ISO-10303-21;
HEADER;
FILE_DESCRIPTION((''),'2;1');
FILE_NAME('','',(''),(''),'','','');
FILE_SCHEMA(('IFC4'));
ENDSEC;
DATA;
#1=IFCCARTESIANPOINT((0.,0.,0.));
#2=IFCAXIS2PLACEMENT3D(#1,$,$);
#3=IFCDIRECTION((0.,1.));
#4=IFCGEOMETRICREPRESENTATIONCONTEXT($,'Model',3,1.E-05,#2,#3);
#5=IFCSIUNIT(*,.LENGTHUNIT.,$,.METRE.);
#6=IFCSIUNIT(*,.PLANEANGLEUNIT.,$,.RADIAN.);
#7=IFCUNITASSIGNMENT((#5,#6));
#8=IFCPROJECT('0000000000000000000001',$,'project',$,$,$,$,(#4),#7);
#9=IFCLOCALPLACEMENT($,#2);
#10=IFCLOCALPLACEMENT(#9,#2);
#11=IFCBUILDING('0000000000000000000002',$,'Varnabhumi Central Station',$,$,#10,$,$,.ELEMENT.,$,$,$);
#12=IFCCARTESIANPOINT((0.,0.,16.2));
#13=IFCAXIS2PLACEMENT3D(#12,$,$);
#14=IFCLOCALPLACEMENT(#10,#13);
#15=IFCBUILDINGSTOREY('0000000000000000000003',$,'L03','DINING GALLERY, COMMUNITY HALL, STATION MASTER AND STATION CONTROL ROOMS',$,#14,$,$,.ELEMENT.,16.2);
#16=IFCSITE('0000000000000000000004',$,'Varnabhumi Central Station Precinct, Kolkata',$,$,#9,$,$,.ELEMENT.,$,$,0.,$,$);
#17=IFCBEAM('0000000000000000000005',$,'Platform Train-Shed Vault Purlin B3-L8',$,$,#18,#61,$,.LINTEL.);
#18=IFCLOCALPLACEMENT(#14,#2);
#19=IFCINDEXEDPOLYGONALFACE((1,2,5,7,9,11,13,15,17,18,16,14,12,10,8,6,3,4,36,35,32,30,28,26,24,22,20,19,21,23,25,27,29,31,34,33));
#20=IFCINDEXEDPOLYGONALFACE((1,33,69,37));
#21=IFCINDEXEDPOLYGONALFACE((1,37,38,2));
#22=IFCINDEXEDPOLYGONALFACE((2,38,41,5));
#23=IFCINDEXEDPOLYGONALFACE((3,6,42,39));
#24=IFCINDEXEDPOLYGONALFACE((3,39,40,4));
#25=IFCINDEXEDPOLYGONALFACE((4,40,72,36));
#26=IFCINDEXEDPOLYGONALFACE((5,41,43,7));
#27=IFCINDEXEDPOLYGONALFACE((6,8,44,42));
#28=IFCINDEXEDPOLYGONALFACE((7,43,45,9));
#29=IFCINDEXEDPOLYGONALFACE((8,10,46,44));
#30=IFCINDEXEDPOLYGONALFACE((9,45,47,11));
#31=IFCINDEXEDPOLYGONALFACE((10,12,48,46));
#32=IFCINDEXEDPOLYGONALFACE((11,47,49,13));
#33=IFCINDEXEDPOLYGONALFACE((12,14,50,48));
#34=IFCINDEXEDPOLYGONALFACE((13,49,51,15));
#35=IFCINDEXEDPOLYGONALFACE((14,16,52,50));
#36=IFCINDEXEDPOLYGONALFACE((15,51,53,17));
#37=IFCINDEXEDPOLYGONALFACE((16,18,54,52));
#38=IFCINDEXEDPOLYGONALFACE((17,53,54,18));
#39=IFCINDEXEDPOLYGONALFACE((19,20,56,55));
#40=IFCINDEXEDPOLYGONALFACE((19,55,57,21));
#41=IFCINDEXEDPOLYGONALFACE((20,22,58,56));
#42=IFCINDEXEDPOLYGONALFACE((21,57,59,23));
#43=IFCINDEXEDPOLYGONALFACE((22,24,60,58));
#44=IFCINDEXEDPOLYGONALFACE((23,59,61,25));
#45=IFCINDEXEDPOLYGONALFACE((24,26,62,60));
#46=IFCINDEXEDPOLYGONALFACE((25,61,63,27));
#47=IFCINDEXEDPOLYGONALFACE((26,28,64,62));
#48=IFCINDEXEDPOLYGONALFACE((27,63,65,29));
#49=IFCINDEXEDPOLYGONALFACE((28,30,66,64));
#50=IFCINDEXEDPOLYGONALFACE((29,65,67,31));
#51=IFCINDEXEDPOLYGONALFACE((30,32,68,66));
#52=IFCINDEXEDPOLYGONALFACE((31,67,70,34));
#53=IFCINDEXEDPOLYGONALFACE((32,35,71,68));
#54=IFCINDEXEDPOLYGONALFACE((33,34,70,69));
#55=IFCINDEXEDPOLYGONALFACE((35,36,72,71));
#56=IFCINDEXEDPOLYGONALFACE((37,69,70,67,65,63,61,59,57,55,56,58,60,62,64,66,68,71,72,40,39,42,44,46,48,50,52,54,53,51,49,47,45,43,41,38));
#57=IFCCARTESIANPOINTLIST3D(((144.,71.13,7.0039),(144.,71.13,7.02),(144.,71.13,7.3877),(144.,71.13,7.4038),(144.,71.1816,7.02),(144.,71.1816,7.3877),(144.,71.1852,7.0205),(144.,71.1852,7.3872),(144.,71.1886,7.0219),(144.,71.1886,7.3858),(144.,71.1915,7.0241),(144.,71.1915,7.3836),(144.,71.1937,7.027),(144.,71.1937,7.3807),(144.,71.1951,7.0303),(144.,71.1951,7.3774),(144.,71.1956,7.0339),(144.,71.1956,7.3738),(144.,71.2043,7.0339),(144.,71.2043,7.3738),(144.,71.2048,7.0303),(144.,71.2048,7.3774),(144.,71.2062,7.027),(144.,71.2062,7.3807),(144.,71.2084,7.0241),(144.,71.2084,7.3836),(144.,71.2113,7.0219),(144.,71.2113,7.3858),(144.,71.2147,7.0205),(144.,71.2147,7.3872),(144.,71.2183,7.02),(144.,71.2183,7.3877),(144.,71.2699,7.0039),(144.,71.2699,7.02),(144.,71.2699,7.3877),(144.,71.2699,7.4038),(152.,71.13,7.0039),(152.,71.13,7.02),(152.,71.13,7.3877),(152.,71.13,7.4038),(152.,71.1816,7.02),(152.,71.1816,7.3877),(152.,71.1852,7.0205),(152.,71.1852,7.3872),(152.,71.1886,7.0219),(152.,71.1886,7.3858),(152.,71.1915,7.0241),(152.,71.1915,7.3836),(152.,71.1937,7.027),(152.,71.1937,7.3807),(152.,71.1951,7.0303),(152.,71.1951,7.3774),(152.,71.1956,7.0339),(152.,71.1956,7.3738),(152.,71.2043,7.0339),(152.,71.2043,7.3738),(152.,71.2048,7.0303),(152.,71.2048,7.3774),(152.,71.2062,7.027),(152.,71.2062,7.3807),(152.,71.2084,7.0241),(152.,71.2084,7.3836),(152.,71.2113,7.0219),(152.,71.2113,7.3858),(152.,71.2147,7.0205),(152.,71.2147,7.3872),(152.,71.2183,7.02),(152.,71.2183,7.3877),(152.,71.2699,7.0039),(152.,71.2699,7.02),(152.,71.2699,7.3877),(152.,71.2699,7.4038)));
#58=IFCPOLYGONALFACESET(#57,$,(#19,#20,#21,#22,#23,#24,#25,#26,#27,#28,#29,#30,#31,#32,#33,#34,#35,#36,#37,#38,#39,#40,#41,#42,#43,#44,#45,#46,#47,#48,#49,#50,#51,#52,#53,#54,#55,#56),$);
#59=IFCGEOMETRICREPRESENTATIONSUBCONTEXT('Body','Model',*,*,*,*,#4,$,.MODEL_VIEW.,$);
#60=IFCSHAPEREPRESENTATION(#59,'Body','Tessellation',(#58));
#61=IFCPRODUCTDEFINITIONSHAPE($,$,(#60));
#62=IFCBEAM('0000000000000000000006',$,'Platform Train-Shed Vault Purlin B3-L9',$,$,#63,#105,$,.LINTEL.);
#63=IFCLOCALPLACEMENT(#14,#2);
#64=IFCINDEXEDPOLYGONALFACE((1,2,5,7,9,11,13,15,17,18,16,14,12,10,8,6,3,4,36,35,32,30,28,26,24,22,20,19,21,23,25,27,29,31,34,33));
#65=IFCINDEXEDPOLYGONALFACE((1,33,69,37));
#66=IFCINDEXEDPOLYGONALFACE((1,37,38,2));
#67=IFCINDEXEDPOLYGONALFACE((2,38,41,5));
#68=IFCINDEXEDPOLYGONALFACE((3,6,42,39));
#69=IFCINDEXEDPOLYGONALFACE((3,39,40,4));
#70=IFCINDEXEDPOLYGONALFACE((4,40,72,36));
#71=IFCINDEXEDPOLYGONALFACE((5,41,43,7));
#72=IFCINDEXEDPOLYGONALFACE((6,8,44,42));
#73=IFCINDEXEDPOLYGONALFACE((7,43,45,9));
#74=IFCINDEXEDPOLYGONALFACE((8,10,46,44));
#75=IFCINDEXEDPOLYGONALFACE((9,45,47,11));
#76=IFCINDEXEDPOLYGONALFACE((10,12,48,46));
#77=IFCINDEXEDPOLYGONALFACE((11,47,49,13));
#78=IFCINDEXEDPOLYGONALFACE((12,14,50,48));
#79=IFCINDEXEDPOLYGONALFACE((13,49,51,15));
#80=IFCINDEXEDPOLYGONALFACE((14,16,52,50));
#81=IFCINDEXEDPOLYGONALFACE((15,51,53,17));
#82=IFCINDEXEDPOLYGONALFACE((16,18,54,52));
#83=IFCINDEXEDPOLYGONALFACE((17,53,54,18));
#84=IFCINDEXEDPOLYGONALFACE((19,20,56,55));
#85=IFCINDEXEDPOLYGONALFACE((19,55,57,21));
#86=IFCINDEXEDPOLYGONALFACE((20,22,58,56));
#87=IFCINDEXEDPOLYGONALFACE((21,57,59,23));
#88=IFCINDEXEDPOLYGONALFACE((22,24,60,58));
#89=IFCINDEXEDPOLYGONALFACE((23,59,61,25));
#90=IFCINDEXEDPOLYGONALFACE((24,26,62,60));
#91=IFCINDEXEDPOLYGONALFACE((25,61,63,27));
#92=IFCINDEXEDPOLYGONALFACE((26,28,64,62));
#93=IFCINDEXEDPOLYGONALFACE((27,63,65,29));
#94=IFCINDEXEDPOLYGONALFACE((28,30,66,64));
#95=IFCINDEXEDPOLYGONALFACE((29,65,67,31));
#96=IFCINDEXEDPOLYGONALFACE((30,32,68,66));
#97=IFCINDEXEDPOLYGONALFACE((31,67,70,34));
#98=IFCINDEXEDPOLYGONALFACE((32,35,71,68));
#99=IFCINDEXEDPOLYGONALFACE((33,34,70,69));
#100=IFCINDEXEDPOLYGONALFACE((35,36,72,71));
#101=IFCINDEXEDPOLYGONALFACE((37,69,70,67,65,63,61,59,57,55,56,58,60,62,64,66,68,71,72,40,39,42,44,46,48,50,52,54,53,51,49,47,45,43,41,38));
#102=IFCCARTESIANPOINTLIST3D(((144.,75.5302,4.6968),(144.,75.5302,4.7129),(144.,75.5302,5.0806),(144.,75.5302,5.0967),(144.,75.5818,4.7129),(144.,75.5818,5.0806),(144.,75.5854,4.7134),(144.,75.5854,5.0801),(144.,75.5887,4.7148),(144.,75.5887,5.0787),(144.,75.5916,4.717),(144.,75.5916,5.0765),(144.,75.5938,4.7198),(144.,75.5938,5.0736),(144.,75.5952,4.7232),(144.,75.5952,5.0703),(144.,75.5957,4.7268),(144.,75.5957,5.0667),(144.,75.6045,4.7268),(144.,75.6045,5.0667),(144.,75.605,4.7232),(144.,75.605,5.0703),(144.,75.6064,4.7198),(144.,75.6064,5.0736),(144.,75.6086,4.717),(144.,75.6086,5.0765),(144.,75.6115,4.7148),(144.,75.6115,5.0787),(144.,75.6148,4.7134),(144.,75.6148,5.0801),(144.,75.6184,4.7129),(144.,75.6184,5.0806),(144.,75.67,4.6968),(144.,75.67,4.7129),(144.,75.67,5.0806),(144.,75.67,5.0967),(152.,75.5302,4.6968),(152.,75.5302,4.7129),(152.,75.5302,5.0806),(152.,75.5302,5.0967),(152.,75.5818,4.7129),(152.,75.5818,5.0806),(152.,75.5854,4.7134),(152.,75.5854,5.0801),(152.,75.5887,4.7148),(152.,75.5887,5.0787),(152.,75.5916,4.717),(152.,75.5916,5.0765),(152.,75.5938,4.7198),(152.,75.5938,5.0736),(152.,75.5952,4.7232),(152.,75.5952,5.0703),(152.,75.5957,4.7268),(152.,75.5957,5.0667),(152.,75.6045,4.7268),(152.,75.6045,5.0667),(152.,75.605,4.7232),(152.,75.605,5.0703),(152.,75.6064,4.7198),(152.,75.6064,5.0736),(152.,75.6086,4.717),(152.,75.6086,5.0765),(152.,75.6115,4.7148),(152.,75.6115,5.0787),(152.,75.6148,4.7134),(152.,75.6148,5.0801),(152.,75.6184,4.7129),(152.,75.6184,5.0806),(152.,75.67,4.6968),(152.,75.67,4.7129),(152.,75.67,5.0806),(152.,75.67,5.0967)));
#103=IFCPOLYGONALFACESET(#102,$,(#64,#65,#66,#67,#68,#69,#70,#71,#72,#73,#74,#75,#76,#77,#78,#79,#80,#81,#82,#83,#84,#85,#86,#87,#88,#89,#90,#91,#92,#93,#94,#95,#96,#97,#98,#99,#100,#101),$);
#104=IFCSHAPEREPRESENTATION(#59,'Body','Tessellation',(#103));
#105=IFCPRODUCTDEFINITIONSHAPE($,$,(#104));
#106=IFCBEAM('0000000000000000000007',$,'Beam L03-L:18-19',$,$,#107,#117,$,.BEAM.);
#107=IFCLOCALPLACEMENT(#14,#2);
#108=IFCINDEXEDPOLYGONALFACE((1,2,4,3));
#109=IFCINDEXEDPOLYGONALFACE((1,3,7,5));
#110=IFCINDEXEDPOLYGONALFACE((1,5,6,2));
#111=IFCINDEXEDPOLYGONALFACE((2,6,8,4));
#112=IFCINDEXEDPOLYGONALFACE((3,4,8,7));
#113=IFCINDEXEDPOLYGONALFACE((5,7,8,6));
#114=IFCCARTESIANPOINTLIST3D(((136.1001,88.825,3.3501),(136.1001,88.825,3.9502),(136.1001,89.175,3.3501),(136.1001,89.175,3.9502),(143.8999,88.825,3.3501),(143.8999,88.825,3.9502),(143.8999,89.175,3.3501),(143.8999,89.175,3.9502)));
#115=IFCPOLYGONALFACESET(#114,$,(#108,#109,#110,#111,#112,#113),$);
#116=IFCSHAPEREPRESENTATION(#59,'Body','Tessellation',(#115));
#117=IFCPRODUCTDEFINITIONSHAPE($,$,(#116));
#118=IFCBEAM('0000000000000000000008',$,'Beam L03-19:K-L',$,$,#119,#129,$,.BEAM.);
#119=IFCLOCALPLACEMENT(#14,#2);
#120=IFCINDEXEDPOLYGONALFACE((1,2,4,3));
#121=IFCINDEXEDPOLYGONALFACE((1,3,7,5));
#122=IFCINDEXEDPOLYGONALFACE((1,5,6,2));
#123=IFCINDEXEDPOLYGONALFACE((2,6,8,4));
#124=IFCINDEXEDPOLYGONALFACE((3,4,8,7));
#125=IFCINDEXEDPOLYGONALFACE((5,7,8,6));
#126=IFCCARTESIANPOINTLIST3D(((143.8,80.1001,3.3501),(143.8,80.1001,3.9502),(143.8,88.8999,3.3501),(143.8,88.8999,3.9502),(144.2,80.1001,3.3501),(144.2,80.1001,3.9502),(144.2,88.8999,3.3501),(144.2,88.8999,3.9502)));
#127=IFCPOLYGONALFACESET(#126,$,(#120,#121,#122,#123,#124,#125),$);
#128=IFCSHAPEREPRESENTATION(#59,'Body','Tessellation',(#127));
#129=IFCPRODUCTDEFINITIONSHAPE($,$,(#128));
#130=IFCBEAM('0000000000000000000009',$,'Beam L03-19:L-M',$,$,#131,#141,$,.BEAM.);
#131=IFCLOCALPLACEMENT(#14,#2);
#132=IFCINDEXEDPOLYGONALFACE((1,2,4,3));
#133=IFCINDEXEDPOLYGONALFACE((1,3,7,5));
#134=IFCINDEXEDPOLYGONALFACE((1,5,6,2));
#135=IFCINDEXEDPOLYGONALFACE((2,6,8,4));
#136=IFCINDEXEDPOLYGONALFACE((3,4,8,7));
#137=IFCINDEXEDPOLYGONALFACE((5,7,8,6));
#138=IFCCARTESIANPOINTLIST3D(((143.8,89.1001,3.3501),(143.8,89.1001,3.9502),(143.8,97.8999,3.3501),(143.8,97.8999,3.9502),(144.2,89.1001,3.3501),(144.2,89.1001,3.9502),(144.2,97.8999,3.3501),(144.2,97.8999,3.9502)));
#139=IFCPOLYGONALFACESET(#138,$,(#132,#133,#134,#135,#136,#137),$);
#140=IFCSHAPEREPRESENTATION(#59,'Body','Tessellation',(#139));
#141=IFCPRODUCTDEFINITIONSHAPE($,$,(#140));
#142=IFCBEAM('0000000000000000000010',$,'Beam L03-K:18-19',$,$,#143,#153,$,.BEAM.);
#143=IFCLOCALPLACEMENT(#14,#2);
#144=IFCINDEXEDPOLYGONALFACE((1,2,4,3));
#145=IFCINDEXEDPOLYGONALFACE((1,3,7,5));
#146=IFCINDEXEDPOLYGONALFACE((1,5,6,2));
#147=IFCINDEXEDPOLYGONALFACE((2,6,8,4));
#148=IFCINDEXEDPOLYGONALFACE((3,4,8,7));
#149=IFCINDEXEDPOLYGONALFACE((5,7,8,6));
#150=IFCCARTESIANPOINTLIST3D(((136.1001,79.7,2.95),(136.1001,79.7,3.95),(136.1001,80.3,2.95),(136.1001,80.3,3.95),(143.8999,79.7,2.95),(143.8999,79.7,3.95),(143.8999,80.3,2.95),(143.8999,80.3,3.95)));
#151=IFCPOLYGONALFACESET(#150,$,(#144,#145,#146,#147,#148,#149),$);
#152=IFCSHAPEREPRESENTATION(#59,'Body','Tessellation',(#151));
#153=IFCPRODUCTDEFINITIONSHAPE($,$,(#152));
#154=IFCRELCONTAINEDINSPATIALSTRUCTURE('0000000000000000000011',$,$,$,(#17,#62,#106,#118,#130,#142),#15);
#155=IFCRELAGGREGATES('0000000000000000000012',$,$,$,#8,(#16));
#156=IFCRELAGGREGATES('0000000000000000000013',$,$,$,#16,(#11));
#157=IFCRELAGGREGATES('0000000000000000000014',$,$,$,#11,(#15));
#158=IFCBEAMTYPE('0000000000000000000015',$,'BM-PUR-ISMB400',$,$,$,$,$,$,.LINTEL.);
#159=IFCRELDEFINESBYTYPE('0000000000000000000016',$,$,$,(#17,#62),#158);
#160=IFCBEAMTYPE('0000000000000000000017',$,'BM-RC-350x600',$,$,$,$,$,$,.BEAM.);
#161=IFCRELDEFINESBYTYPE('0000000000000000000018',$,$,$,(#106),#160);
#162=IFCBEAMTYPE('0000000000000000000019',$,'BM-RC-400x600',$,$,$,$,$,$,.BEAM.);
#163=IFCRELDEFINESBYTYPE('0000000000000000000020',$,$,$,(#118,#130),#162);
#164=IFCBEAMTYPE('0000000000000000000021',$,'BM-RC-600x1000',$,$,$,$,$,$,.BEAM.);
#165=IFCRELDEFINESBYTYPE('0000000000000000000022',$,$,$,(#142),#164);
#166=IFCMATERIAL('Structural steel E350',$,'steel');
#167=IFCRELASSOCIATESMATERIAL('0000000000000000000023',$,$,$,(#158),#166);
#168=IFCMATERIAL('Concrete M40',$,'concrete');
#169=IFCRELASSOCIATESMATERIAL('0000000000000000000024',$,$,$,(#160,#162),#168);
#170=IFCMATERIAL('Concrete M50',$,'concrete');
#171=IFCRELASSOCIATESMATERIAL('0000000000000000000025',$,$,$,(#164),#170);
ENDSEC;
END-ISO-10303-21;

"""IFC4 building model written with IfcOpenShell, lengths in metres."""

from ifc_helpers import new_model, si_unit, direction, frame, origin, origin_2d, place, context, subcontext, project, spatial, rectangle, i_section, extrude, material, material_profile, profile_set, type_object, element, save


model = new_model("IFC4")

# Units and contexts
model_context = context("Model", 3, precision=1e-05, world=origin(), true_north=direction((0.0, 1.0)))
body_context = subcontext(model_context, "Body", "Model", "MODEL_VIEW")
ifc_project = project(units=[si_unit("LENGTHUNIT", "METRE"), si_unit("PLANEANGLEUNIT", "RADIAN")], contexts=[model_context])

# Site, building, storey
site_placement = place(None, origin())
site = spatial("IfcSite", under=ifc_project, at=site_placement, Name="Varnabhumi Central Station Precinct, Kolkata", CompositionType="ELEMENT", RefElevation=0.0)
building_placement = place(site_placement, origin())
building = spatial("IfcBuilding", under=site, at=building_placement, Name="Varnabhumi Central Station", CompositionType="ELEMENT")
storey_placement = place(building_placement, frame((0.0, 0.0, 16.2)))
storey = spatial("IfcBuildingStorey", under=building, at=storey_placement, Name="L03", Description="DINING GALLERY, COMMUNITY HALL, STATION MASTER AND STATION CONTROL ROOMS", CompositionType="ELEMENT", Elevation=16.2)

# Shared definitions
ifc_material_1 = material(Name="Concrete M40", Category="concrete")

# Beams
ifc_material_2 = material(Name="Structural steel E350", Category="steel")
ifc_material_profile_1 = material_profile(ifc_material_2, i_section(OverallWidth=0.1399, OverallDepth=0.3999, WebThickness=0.0088, FlangeThickness=0.0161, FilletRadius=0.0139, at=origin_2d()), Name="Structural steel E350", Category="steel")
ifc_profile_set_1 = profile_set([ifc_material_profile_1], Name="Structural steel E350")
beam_type_1 = type_object("IfcBeamType", Name="BM-PUR-ISMB400", PredefinedType="LINTEL", material=ifc_profile_set_1)
for number, where, z_axis, x_axis, name in (
    (1, (144.0, 71.2, 7.2039), (1.0, 0.0, 0.0), (0.0, 1.0, 0.0), "Platform Train-Shed Vault Purlin B3-L8"),
    (2, (144.0, 75.6001, 4.8967), (1.0, 0.0, 0.0), (0.0, 1.0, 0.0), "Platform Train-Shed Vault Purlin B3-L9"),
):
    element("IfcBeam", number, at=place(storey_placement, frame(where, z_axis=z_axis, x_axis=x_axis)), inside=storey, type_object=beam_type_1, Name=name, PredefinedType="LINTEL", context=body_context, shape_type="SweptSolid", body=[
        extrude(i_section(OverallWidth=0.1399, OverallDepth=0.3999, WebThickness=0.0088, FlangeThickness=0.0161, FilletRadius=0.0139, at=origin_2d()), origin(), (0.0, 0.0, 1.0), 8.0),
    ])
ifc_material_profile_2 = material_profile(ifc_material_1, rectangle(XDim=0.3501, YDim=0.6001, at=origin_2d()), Name="Concrete M40", Category="concrete")
ifc_profile_set_2 = profile_set([ifc_material_profile_2], Name="Concrete M40")
beam_type_2 = type_object("IfcBeamType", Name="BM-RC-350x600", PredefinedType="BEAM", material=ifc_profile_set_2)
beam_1_placement = place(storey_placement, frame((136.1001, 89.0, 3.6501), z_axis=(1.0, 0.0, 0.0), x_axis=(0.0, 1.0, 0.0)))
element("IfcBeam", 3, at=beam_1_placement, inside=storey, type_object=beam_type_2, Name="Beam L03-L:18-19", PredefinedType="BEAM", context=body_context, shape_type="SweptSolid", body=[
    extrude(rectangle(XDim=0.3501, YDim=0.6001, at=origin_2d()), origin(), (0.0, 0.0, 1.0), 7.7998),
])
ifc_material_profile_3 = material_profile(ifc_material_1, rectangle(XDim=0.3999, YDim=0.6001, at=origin_2d()), Name="Concrete M40", Category="concrete")
ifc_profile_set_3 = profile_set([ifc_material_profile_3], Name="Concrete M40")
beam_type_3 = type_object("IfcBeamType", Name="BM-RC-400x600", PredefinedType="BEAM", material=ifc_profile_set_3)
for number, where, z_axis, x_axis, name in (
    (4, (144.0, 80.1001, 3.6501), (0.0, 1.0, 0.0), (-1.0, 0.0, 0.0), "Beam L03-19:K-L"),
    (5, (144.0, 89.1001, 3.6501), (0.0, 1.0, 0.0), (-1.0, 0.0, 0.0), "Beam L03-19:L-M"),
):
    element("IfcBeam", number, at=place(storey_placement, frame(where, z_axis=z_axis, x_axis=x_axis)), inside=storey, type_object=beam_type_3, Name=name, PredefinedType="BEAM", context=body_context, shape_type="SweptSolid", body=[
        extrude(rectangle(XDim=0.3999, YDim=0.6001, at=origin_2d()), origin(), (0.0, 0.0, 1.0), 8.7998),
    ])
ifc_material_3 = material(Name="Concrete M50", Category="concrete")
ifc_material_profile_4 = material_profile(ifc_material_3, rectangle(XDim=0.6001, YDim=1.0, at=origin_2d()), Name="Concrete M50", Category="concrete")
ifc_profile_set_4 = profile_set([ifc_material_profile_4], Name="Concrete M50")
beam_type_4 = type_object("IfcBeamType", Name="BM-RC-600x1000", PredefinedType="BEAM", material=ifc_profile_set_4)
beam_2_placement = place(storey_placement, frame((136.1001, 80.0, 3.45), z_axis=(1.0, 0.0, 0.0), x_axis=(0.0, 1.0, 0.0)))
element("IfcBeam", 6, at=beam_2_placement, inside=storey, type_object=beam_type_4, Name="Beam L03-K:18-19", PredefinedType="BEAM", context=body_context, shape_type="SweptSolid", body=[
    extrude(rectangle(XDim=0.6001, YDim=1.0, at=origin_2d()), origin(), (0.0, 0.0, 1.0), 7.7998),
])

save(model, "model.ifc")
